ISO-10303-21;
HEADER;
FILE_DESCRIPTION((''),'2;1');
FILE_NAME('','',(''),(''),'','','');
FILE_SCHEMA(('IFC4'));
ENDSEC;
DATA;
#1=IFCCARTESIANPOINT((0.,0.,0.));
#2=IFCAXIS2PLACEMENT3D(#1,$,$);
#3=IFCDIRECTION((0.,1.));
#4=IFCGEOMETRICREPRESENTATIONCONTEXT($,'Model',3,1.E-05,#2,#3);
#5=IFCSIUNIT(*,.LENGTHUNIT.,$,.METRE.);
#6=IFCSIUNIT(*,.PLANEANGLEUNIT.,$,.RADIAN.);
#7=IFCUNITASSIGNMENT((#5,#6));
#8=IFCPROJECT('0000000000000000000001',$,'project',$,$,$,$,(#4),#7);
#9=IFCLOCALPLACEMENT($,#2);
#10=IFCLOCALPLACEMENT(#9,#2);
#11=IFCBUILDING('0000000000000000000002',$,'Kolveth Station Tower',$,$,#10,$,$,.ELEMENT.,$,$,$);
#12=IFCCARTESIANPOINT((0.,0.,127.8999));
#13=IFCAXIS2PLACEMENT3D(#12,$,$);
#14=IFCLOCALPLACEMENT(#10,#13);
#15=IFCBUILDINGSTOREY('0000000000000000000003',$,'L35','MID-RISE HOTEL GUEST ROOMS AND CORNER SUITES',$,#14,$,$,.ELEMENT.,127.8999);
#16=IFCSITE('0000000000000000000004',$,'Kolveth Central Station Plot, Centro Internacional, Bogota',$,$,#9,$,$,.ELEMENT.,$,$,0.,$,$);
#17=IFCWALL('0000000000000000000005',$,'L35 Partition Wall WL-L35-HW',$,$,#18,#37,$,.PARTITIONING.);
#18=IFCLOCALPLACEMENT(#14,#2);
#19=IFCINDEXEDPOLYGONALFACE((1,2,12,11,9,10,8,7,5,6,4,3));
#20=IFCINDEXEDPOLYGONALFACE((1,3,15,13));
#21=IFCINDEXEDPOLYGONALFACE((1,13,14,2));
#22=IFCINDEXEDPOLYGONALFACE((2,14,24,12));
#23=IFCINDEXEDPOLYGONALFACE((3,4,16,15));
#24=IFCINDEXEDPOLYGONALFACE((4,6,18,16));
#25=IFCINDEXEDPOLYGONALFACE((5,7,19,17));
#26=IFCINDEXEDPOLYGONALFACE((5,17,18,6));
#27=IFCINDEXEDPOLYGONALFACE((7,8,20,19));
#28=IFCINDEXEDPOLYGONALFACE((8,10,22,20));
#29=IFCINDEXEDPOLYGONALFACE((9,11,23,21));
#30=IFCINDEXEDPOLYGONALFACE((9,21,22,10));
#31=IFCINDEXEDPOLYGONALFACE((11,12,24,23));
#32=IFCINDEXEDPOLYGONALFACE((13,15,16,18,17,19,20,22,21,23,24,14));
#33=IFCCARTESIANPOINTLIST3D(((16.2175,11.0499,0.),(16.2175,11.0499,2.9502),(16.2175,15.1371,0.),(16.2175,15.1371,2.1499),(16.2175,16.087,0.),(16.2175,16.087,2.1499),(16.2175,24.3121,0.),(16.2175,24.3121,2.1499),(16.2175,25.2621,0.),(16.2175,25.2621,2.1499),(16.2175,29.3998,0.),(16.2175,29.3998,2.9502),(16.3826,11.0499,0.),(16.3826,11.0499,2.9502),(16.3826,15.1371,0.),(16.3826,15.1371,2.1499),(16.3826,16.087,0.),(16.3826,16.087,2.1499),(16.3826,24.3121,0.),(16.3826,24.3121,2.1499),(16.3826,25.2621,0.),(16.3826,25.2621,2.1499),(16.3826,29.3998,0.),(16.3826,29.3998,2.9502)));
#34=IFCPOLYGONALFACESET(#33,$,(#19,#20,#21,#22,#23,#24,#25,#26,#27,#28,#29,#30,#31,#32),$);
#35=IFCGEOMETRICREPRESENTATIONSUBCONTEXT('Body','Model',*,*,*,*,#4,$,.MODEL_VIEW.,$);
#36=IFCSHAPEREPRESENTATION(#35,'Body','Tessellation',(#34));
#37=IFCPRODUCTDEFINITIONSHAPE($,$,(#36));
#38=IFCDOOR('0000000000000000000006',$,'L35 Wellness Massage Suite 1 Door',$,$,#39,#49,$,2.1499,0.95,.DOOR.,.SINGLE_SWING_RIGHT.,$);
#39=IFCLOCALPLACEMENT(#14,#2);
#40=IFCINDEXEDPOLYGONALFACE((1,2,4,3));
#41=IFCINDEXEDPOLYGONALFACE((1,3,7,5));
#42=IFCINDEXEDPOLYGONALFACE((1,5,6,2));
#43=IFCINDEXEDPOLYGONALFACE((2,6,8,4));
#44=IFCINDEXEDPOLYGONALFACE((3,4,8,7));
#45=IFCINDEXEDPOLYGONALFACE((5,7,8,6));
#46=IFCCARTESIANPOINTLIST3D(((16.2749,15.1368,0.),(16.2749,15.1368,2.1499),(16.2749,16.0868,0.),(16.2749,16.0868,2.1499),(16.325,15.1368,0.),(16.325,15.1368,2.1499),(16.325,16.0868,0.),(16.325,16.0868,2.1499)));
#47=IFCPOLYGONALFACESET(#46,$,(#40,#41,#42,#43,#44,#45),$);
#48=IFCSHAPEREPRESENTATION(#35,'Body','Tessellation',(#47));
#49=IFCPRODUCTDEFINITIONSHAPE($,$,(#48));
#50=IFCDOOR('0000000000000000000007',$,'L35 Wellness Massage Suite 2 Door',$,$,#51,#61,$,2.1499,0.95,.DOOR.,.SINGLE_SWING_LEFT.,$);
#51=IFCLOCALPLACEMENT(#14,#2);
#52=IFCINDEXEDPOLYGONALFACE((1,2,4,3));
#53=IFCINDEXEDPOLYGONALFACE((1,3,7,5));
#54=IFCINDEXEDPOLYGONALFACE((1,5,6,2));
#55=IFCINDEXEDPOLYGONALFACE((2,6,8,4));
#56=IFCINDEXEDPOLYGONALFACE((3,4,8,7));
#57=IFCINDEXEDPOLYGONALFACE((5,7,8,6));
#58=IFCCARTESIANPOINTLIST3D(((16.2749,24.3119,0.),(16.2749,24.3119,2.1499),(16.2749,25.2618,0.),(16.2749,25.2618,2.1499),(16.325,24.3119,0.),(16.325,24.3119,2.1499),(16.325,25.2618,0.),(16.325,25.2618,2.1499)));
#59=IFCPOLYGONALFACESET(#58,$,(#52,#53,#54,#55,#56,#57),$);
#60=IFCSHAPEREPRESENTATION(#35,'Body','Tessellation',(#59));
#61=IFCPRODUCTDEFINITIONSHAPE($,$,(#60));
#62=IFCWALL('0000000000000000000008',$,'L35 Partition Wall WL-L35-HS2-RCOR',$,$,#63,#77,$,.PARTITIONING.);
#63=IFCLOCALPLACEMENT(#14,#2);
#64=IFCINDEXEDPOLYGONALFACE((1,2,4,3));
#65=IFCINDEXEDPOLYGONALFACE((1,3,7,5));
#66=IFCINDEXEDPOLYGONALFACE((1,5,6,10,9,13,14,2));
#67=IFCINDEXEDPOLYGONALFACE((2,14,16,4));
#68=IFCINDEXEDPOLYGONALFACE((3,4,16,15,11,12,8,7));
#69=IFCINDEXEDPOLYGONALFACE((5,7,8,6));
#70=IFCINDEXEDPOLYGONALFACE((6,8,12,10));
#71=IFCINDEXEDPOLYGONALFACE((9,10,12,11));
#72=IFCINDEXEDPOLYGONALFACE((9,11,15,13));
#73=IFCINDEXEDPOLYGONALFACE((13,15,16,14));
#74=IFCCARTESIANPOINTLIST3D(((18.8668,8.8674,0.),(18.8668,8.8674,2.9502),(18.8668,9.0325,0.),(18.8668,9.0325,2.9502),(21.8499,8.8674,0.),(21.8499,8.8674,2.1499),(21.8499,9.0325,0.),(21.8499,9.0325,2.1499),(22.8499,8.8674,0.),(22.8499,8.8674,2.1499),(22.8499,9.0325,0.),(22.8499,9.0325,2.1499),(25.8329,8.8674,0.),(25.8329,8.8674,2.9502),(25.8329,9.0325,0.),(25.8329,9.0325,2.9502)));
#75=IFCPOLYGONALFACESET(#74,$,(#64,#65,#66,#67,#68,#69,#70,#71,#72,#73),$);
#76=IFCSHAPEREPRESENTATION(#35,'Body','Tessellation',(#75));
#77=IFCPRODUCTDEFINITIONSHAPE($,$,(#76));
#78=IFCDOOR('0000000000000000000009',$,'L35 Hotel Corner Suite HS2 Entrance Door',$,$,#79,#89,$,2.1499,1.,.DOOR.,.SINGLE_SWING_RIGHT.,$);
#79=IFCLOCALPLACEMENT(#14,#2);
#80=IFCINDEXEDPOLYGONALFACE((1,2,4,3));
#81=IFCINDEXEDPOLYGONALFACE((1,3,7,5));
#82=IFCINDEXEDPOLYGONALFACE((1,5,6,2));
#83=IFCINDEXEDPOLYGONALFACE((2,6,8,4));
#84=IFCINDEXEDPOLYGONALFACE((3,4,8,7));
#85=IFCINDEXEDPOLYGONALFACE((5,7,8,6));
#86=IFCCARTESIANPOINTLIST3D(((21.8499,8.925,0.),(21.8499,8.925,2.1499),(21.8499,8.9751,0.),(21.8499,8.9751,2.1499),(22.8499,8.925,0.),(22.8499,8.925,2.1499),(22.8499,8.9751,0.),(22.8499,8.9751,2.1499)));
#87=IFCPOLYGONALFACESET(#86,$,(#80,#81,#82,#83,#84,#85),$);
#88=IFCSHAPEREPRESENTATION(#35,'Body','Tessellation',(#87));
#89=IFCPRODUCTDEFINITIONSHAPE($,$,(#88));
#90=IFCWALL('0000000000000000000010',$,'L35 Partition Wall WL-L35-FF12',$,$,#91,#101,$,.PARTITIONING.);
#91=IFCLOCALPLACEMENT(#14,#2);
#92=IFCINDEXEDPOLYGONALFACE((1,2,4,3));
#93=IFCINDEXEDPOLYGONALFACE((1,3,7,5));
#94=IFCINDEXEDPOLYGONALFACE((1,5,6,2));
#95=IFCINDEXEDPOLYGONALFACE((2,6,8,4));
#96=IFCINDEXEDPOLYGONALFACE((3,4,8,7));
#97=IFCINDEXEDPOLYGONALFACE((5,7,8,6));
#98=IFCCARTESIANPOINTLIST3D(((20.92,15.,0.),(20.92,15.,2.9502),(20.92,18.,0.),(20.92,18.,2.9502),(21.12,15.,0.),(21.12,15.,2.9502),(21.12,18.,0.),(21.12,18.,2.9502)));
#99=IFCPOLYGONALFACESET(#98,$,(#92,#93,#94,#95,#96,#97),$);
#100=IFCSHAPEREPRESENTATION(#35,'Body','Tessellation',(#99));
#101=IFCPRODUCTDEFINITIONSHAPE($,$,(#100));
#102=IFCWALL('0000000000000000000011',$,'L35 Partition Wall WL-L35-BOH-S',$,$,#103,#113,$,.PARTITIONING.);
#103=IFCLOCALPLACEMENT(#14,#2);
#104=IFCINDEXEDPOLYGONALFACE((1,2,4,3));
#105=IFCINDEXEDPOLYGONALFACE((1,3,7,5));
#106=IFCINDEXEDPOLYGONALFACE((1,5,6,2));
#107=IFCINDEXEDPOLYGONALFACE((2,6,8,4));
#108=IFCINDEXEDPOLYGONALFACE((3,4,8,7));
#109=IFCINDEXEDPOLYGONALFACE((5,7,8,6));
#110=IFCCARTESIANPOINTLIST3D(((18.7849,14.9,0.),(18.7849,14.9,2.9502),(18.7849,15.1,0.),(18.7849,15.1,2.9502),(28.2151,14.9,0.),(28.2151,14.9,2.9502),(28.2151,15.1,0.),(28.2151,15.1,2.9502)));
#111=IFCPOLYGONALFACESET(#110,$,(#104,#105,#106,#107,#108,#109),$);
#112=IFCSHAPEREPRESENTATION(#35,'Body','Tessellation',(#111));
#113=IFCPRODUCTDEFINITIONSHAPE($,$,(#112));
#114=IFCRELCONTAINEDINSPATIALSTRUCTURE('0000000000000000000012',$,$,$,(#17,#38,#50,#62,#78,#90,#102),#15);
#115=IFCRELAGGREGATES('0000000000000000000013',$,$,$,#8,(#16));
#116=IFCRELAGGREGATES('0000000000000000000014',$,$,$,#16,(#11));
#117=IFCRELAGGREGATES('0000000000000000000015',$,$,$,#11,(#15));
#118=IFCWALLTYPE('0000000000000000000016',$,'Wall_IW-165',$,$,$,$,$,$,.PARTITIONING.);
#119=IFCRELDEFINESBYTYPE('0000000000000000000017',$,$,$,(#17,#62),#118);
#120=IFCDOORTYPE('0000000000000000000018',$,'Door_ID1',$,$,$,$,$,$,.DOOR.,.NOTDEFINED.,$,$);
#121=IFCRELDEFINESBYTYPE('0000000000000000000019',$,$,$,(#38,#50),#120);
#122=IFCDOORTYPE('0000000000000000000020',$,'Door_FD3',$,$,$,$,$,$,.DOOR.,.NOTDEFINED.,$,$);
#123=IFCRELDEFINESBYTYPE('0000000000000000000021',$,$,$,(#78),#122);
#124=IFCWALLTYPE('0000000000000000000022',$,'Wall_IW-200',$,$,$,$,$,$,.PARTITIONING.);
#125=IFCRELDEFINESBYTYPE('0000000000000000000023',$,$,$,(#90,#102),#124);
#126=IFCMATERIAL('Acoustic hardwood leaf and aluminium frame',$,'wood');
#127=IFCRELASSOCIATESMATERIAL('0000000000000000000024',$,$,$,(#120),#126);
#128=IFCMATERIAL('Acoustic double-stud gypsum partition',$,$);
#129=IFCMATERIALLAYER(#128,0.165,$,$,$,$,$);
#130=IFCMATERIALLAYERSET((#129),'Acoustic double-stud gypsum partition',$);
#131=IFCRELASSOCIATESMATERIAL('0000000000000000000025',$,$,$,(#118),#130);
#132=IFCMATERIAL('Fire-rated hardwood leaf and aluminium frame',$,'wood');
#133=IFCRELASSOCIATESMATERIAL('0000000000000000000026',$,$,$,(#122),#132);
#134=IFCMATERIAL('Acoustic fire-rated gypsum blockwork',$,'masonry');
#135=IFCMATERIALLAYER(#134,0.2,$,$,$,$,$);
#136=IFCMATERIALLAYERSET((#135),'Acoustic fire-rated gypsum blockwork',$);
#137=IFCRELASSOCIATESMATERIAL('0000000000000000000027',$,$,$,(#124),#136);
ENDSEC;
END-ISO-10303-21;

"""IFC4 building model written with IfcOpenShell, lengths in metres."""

from ifc_helpers import new_model, si_unit, direction, frame, frame_2d, origin, place, context, subcontext, project, spatial, rectangle, extrude, material, layer, layer_set, type_object, element, fill, save


model = new_model("IFC4")

# Units and contexts
model_context = context("Model", 3, precision=1e-05, world=origin(), true_north=direction((0.0, 1.0)))
body_context = subcontext(model_context, "Body", "Model", "MODEL_VIEW")
ifc_project = project(units=[si_unit("LENGTHUNIT", "METRE"), si_unit("PLANEANGLEUNIT", "RADIAN")], contexts=[model_context])

# Site, building, storey
site_placement = place(None, origin())
site = spatial("IfcSite", under=ifc_project, at=site_placement, Name="Kolveth Central Station Plot, Centro Internacional, Bogota", CompositionType="ELEMENT", RefElevation=0.0)
building_placement = place(site_placement, origin())
building = spatial("IfcBuilding", under=site, at=building_placement, Name="Kolveth Station Tower", CompositionType="ELEMENT")
storey_placement = place(building_placement, frame((0.0, 0.0, 127.8999)))
storey = spatial("IfcBuildingStorey", under=building, at=storey_placement, Name="L35", Description="MID-RISE HOTEL GUEST ROOMS AND CORNER SUITES", CompositionType="ELEMENT", Elevation=127.8999)

# Shared definitions
ifc_material_1 = material(Name="Acoustic hardwood leaf and aluminium frame", Category="wood")
door_type_1 = type_object("IfcDoorType", Name="Door_ID1", OperationType="NOTDEFINED", PredefinedType="DOOR", material=ifc_material_1)

# Wall, openings, doors
ifc_material_2 = material(Name="Acoustic double-stud gypsum partition")
ifc_layer_1 = layer(ifc_material_2, 0.165)
ifc_layer_set_1 = layer_set([ifc_layer_1], Name="Acoustic double-stud gypsum partition")
wall_type_1 = type_object("IfcWallType", Name="Wall_IW-165", PredefinedType="PARTITIONING", material=ifc_layer_set_1)
wall_1_placement = place(storey_placement, frame((16.3, 11.05, 0.0), z_axis=(0.0, 0.0, 1.0), x_axis=(0.0, 1.0, 0.0)))
wall_1 = element("IfcWall", 1, at=wall_1_placement, inside=storey, type_object=wall_type_1, Name="L35 Partition Wall WL-L35-HW", PredefinedType="PARTITIONING", context=body_context, shape_type="SweptSolid", body=[
    extrude(rectangle(XDim=18.3499, YDim=0.165, at=frame_2d((9.1748, 0.0))), origin(), (0.0, 0.0, 1.0), 2.9502),
])
opening_1_placement = place(wall_1_placement, frame((4.0869, 0.0, 0.0)))
opening_1 = element("IfcOpeningElement", 2, at=opening_1_placement, cuts=wall_1, PredefinedType="OPENING", context=body_context, shape_type="SweptSolid", body=[
    extrude(rectangle(XDim=0.95, YDim=2.1499, at=frame_2d((0.4751, 1.075))), frame((0.0, 0.0925, 0.0), z_axis=(0.0, -1.0, 0.0), x_axis=(1.0, 0.0, 0.0)), (0.0, 0.0, 1.0), 0.1851),
])
opening_2_placement = place(wall_1_placement, frame((13.262, 0.0, 0.0)))
opening_2 = element("IfcOpeningElement", 3, at=opening_2_placement, cuts=wall_1, PredefinedType="OPENING", context=body_context, shape_type="SweptSolid", body=[
    extrude(rectangle(XDim=0.95, YDim=2.1499, at=frame_2d((0.4751, 1.075))), frame((0.0, 0.0925, 0.0), z_axis=(0.0, -1.0, 0.0), x_axis=(1.0, 0.0, 0.0)), (0.0, 0.0, 1.0), 0.1851),
])
door_1_placement = place(opening_1_placement, frame((0.95, 0.0, 0.0), z_axis=(0.0, 0.0, 1.0), x_axis=(-1.0, 0.0, 0.0)))
door_1 = element("IfcDoor", 4, at=door_1_placement, inside=storey, type_object=door_type_1, Name="L35 Wellness Massage Suite 1 Door", OperationType="SINGLE_SWING_RIGHT", OverallHeight=2.1499, OverallWidth=0.95, PredefinedType="DOOR", context=body_context, shape_type="SweptSolid", body=[
    extrude(rectangle(XDim=0.95, YDim=2.1499, at=frame_2d((0.4751, 1.075))), frame((0.0, 0.0249, 0.0), z_axis=(0.0, -1.0, 0.0), x_axis=(1.0, 0.0, 0.0)), (0.0, 0.0, 1.0), 0.05),
])
fill(opening_1, door_1)
door_2_placement = place(opening_2_placement, frame((0.95, 0.0, 0.0), z_axis=(0.0, 0.0, 1.0), x_axis=(-1.0, 0.0, 0.0)))
door_2 = element("IfcDoor", 5, at=door_2_placement, inside=storey, type_object=door_type_1, Name="L35 Wellness Massage Suite 2 Door", OperationType="SINGLE_SWING_LEFT", OverallHeight=2.1499, OverallWidth=0.95, PredefinedType="DOOR", context=body_context, shape_type="SweptSolid", body=[
    extrude(rectangle(XDim=0.95, YDim=2.1499, at=frame_2d((0.4751, 1.075))), frame((0.0, 0.0249, 0.0), z_axis=(0.0, -1.0, 0.0), x_axis=(1.0, 0.0, 0.0)), (0.0, 0.0, 1.0), 0.05),
])
fill(opening_2, door_2)

# Wall, opening, door
wall_2_placement = place(storey_placement, frame((18.8669, 8.95, 0.0), z_axis=(0.0, 0.0, 1.0), x_axis=(1.0, 0.0, 0.0)))
wall_2 = element("IfcWall", 6, at=wall_2_placement, inside=storey, type_object=wall_type_1, Name="L35 Partition Wall WL-L35-HS2-RCOR", PredefinedType="PARTITIONING", context=body_context, shape_type="SweptSolid", body=[
    extrude(rectangle(XDim=6.9661, YDim=0.165, at=frame_2d((3.4829, 0.0))), origin(), (0.0, 0.0, 1.0), 2.9502),
])
opening_3_placement = place(wall_2_placement, frame((2.9829, 0.0, 0.0)))
opening_3 = element("IfcOpeningElement", 7, at=opening_3_placement, cuts=wall_2, PredefinedType="OPENING", context=body_context, shape_type="SweptSolid", body=[
    extrude(rectangle(XDim=1.0, YDim=2.1499, at=frame_2d((0.5, 1.075))), frame((0.0, 0.0925, 0.0), z_axis=(0.0, -1.0, 0.0), x_axis=(1.0, 0.0, 0.0)), (0.0, 0.0, 1.0), 0.1851),
])
ifc_material_3 = material(Name="Fire-rated hardwood leaf and aluminium frame", Category="wood")
door_type_2 = type_object("IfcDoorType", Name="Door_FD3", OperationType="NOTDEFINED", PredefinedType="DOOR", material=ifc_material_3)
door_3_placement = place(opening_3_placement, frame((1.0, 0.0, 0.0), z_axis=(0.0, 0.0, 1.0), x_axis=(-1.0, 0.0, 0.0)))
door_3 = element("IfcDoor", 8, at=door_3_placement, inside=storey, type_object=door_type_2, Name="L35 Hotel Corner Suite HS2 Entrance Door", OperationType="SINGLE_SWING_RIGHT", OverallHeight=2.1499, OverallWidth=1.0, PredefinedType="DOOR", context=body_context, shape_type="SweptSolid", body=[
    extrude(rectangle(XDim=1.0, YDim=2.1499, at=frame_2d((0.5, 1.075))), frame((0.0, 0.0249, 0.0), z_axis=(0.0, -1.0, 0.0), x_axis=(1.0, 0.0, 0.0)), (0.0, 0.0, 1.0), 0.05),
])
fill(opening_3, door_3)

# Walls
ifc_material_4 = material(Name="Acoustic fire-rated gypsum blockwork", Category="masonry")
ifc_layer_2 = layer(ifc_material_4, 0.2)
ifc_layer_set_2 = layer_set([ifc_layer_2], Name="Acoustic fire-rated gypsum blockwork")
wall_type_2 = type_object("IfcWallType", Name="Wall_IW-200", PredefinedType="PARTITIONING", material=ifc_layer_set_2)
wall_3_placement = place(storey_placement, frame((21.02, 15.0, 0.0), z_axis=(0.0, 0.0, 1.0), x_axis=(0.0, 1.0, 0.0)))
element("IfcWall", 9, at=wall_3_placement, inside=storey, type_object=wall_type_2, Name="L35 Partition Wall WL-L35-FF12", PredefinedType="PARTITIONING", context=body_context, shape_type="SweptSolid", body=[
    extrude(rectangle(XDim=3.0, YDim=0.2, at=frame_2d((1.5, 0.0))), origin(), (0.0, 0.0, 1.0), 2.9502),
])
wall_4_placement = place(storey_placement, frame((18.7849, 15.0, 0.0), z_axis=(0.0, 0.0, 1.0), x_axis=(1.0, 0.0, 0.0)))
element("IfcWall", 10, at=wall_4_placement, inside=storey, type_object=wall_type_2, Name="L35 Partition Wall WL-L35-BOH-S", PredefinedType="PARTITIONING", context=body_context, shape_type="SweptSolid", body=[
    extrude(rectangle(XDim=9.4302, YDim=0.2, at=frame_2d((4.7151, 0.0))), origin(), (0.0, 0.0, 1.0), 2.9502),
])

save(model, "model.ifc")
